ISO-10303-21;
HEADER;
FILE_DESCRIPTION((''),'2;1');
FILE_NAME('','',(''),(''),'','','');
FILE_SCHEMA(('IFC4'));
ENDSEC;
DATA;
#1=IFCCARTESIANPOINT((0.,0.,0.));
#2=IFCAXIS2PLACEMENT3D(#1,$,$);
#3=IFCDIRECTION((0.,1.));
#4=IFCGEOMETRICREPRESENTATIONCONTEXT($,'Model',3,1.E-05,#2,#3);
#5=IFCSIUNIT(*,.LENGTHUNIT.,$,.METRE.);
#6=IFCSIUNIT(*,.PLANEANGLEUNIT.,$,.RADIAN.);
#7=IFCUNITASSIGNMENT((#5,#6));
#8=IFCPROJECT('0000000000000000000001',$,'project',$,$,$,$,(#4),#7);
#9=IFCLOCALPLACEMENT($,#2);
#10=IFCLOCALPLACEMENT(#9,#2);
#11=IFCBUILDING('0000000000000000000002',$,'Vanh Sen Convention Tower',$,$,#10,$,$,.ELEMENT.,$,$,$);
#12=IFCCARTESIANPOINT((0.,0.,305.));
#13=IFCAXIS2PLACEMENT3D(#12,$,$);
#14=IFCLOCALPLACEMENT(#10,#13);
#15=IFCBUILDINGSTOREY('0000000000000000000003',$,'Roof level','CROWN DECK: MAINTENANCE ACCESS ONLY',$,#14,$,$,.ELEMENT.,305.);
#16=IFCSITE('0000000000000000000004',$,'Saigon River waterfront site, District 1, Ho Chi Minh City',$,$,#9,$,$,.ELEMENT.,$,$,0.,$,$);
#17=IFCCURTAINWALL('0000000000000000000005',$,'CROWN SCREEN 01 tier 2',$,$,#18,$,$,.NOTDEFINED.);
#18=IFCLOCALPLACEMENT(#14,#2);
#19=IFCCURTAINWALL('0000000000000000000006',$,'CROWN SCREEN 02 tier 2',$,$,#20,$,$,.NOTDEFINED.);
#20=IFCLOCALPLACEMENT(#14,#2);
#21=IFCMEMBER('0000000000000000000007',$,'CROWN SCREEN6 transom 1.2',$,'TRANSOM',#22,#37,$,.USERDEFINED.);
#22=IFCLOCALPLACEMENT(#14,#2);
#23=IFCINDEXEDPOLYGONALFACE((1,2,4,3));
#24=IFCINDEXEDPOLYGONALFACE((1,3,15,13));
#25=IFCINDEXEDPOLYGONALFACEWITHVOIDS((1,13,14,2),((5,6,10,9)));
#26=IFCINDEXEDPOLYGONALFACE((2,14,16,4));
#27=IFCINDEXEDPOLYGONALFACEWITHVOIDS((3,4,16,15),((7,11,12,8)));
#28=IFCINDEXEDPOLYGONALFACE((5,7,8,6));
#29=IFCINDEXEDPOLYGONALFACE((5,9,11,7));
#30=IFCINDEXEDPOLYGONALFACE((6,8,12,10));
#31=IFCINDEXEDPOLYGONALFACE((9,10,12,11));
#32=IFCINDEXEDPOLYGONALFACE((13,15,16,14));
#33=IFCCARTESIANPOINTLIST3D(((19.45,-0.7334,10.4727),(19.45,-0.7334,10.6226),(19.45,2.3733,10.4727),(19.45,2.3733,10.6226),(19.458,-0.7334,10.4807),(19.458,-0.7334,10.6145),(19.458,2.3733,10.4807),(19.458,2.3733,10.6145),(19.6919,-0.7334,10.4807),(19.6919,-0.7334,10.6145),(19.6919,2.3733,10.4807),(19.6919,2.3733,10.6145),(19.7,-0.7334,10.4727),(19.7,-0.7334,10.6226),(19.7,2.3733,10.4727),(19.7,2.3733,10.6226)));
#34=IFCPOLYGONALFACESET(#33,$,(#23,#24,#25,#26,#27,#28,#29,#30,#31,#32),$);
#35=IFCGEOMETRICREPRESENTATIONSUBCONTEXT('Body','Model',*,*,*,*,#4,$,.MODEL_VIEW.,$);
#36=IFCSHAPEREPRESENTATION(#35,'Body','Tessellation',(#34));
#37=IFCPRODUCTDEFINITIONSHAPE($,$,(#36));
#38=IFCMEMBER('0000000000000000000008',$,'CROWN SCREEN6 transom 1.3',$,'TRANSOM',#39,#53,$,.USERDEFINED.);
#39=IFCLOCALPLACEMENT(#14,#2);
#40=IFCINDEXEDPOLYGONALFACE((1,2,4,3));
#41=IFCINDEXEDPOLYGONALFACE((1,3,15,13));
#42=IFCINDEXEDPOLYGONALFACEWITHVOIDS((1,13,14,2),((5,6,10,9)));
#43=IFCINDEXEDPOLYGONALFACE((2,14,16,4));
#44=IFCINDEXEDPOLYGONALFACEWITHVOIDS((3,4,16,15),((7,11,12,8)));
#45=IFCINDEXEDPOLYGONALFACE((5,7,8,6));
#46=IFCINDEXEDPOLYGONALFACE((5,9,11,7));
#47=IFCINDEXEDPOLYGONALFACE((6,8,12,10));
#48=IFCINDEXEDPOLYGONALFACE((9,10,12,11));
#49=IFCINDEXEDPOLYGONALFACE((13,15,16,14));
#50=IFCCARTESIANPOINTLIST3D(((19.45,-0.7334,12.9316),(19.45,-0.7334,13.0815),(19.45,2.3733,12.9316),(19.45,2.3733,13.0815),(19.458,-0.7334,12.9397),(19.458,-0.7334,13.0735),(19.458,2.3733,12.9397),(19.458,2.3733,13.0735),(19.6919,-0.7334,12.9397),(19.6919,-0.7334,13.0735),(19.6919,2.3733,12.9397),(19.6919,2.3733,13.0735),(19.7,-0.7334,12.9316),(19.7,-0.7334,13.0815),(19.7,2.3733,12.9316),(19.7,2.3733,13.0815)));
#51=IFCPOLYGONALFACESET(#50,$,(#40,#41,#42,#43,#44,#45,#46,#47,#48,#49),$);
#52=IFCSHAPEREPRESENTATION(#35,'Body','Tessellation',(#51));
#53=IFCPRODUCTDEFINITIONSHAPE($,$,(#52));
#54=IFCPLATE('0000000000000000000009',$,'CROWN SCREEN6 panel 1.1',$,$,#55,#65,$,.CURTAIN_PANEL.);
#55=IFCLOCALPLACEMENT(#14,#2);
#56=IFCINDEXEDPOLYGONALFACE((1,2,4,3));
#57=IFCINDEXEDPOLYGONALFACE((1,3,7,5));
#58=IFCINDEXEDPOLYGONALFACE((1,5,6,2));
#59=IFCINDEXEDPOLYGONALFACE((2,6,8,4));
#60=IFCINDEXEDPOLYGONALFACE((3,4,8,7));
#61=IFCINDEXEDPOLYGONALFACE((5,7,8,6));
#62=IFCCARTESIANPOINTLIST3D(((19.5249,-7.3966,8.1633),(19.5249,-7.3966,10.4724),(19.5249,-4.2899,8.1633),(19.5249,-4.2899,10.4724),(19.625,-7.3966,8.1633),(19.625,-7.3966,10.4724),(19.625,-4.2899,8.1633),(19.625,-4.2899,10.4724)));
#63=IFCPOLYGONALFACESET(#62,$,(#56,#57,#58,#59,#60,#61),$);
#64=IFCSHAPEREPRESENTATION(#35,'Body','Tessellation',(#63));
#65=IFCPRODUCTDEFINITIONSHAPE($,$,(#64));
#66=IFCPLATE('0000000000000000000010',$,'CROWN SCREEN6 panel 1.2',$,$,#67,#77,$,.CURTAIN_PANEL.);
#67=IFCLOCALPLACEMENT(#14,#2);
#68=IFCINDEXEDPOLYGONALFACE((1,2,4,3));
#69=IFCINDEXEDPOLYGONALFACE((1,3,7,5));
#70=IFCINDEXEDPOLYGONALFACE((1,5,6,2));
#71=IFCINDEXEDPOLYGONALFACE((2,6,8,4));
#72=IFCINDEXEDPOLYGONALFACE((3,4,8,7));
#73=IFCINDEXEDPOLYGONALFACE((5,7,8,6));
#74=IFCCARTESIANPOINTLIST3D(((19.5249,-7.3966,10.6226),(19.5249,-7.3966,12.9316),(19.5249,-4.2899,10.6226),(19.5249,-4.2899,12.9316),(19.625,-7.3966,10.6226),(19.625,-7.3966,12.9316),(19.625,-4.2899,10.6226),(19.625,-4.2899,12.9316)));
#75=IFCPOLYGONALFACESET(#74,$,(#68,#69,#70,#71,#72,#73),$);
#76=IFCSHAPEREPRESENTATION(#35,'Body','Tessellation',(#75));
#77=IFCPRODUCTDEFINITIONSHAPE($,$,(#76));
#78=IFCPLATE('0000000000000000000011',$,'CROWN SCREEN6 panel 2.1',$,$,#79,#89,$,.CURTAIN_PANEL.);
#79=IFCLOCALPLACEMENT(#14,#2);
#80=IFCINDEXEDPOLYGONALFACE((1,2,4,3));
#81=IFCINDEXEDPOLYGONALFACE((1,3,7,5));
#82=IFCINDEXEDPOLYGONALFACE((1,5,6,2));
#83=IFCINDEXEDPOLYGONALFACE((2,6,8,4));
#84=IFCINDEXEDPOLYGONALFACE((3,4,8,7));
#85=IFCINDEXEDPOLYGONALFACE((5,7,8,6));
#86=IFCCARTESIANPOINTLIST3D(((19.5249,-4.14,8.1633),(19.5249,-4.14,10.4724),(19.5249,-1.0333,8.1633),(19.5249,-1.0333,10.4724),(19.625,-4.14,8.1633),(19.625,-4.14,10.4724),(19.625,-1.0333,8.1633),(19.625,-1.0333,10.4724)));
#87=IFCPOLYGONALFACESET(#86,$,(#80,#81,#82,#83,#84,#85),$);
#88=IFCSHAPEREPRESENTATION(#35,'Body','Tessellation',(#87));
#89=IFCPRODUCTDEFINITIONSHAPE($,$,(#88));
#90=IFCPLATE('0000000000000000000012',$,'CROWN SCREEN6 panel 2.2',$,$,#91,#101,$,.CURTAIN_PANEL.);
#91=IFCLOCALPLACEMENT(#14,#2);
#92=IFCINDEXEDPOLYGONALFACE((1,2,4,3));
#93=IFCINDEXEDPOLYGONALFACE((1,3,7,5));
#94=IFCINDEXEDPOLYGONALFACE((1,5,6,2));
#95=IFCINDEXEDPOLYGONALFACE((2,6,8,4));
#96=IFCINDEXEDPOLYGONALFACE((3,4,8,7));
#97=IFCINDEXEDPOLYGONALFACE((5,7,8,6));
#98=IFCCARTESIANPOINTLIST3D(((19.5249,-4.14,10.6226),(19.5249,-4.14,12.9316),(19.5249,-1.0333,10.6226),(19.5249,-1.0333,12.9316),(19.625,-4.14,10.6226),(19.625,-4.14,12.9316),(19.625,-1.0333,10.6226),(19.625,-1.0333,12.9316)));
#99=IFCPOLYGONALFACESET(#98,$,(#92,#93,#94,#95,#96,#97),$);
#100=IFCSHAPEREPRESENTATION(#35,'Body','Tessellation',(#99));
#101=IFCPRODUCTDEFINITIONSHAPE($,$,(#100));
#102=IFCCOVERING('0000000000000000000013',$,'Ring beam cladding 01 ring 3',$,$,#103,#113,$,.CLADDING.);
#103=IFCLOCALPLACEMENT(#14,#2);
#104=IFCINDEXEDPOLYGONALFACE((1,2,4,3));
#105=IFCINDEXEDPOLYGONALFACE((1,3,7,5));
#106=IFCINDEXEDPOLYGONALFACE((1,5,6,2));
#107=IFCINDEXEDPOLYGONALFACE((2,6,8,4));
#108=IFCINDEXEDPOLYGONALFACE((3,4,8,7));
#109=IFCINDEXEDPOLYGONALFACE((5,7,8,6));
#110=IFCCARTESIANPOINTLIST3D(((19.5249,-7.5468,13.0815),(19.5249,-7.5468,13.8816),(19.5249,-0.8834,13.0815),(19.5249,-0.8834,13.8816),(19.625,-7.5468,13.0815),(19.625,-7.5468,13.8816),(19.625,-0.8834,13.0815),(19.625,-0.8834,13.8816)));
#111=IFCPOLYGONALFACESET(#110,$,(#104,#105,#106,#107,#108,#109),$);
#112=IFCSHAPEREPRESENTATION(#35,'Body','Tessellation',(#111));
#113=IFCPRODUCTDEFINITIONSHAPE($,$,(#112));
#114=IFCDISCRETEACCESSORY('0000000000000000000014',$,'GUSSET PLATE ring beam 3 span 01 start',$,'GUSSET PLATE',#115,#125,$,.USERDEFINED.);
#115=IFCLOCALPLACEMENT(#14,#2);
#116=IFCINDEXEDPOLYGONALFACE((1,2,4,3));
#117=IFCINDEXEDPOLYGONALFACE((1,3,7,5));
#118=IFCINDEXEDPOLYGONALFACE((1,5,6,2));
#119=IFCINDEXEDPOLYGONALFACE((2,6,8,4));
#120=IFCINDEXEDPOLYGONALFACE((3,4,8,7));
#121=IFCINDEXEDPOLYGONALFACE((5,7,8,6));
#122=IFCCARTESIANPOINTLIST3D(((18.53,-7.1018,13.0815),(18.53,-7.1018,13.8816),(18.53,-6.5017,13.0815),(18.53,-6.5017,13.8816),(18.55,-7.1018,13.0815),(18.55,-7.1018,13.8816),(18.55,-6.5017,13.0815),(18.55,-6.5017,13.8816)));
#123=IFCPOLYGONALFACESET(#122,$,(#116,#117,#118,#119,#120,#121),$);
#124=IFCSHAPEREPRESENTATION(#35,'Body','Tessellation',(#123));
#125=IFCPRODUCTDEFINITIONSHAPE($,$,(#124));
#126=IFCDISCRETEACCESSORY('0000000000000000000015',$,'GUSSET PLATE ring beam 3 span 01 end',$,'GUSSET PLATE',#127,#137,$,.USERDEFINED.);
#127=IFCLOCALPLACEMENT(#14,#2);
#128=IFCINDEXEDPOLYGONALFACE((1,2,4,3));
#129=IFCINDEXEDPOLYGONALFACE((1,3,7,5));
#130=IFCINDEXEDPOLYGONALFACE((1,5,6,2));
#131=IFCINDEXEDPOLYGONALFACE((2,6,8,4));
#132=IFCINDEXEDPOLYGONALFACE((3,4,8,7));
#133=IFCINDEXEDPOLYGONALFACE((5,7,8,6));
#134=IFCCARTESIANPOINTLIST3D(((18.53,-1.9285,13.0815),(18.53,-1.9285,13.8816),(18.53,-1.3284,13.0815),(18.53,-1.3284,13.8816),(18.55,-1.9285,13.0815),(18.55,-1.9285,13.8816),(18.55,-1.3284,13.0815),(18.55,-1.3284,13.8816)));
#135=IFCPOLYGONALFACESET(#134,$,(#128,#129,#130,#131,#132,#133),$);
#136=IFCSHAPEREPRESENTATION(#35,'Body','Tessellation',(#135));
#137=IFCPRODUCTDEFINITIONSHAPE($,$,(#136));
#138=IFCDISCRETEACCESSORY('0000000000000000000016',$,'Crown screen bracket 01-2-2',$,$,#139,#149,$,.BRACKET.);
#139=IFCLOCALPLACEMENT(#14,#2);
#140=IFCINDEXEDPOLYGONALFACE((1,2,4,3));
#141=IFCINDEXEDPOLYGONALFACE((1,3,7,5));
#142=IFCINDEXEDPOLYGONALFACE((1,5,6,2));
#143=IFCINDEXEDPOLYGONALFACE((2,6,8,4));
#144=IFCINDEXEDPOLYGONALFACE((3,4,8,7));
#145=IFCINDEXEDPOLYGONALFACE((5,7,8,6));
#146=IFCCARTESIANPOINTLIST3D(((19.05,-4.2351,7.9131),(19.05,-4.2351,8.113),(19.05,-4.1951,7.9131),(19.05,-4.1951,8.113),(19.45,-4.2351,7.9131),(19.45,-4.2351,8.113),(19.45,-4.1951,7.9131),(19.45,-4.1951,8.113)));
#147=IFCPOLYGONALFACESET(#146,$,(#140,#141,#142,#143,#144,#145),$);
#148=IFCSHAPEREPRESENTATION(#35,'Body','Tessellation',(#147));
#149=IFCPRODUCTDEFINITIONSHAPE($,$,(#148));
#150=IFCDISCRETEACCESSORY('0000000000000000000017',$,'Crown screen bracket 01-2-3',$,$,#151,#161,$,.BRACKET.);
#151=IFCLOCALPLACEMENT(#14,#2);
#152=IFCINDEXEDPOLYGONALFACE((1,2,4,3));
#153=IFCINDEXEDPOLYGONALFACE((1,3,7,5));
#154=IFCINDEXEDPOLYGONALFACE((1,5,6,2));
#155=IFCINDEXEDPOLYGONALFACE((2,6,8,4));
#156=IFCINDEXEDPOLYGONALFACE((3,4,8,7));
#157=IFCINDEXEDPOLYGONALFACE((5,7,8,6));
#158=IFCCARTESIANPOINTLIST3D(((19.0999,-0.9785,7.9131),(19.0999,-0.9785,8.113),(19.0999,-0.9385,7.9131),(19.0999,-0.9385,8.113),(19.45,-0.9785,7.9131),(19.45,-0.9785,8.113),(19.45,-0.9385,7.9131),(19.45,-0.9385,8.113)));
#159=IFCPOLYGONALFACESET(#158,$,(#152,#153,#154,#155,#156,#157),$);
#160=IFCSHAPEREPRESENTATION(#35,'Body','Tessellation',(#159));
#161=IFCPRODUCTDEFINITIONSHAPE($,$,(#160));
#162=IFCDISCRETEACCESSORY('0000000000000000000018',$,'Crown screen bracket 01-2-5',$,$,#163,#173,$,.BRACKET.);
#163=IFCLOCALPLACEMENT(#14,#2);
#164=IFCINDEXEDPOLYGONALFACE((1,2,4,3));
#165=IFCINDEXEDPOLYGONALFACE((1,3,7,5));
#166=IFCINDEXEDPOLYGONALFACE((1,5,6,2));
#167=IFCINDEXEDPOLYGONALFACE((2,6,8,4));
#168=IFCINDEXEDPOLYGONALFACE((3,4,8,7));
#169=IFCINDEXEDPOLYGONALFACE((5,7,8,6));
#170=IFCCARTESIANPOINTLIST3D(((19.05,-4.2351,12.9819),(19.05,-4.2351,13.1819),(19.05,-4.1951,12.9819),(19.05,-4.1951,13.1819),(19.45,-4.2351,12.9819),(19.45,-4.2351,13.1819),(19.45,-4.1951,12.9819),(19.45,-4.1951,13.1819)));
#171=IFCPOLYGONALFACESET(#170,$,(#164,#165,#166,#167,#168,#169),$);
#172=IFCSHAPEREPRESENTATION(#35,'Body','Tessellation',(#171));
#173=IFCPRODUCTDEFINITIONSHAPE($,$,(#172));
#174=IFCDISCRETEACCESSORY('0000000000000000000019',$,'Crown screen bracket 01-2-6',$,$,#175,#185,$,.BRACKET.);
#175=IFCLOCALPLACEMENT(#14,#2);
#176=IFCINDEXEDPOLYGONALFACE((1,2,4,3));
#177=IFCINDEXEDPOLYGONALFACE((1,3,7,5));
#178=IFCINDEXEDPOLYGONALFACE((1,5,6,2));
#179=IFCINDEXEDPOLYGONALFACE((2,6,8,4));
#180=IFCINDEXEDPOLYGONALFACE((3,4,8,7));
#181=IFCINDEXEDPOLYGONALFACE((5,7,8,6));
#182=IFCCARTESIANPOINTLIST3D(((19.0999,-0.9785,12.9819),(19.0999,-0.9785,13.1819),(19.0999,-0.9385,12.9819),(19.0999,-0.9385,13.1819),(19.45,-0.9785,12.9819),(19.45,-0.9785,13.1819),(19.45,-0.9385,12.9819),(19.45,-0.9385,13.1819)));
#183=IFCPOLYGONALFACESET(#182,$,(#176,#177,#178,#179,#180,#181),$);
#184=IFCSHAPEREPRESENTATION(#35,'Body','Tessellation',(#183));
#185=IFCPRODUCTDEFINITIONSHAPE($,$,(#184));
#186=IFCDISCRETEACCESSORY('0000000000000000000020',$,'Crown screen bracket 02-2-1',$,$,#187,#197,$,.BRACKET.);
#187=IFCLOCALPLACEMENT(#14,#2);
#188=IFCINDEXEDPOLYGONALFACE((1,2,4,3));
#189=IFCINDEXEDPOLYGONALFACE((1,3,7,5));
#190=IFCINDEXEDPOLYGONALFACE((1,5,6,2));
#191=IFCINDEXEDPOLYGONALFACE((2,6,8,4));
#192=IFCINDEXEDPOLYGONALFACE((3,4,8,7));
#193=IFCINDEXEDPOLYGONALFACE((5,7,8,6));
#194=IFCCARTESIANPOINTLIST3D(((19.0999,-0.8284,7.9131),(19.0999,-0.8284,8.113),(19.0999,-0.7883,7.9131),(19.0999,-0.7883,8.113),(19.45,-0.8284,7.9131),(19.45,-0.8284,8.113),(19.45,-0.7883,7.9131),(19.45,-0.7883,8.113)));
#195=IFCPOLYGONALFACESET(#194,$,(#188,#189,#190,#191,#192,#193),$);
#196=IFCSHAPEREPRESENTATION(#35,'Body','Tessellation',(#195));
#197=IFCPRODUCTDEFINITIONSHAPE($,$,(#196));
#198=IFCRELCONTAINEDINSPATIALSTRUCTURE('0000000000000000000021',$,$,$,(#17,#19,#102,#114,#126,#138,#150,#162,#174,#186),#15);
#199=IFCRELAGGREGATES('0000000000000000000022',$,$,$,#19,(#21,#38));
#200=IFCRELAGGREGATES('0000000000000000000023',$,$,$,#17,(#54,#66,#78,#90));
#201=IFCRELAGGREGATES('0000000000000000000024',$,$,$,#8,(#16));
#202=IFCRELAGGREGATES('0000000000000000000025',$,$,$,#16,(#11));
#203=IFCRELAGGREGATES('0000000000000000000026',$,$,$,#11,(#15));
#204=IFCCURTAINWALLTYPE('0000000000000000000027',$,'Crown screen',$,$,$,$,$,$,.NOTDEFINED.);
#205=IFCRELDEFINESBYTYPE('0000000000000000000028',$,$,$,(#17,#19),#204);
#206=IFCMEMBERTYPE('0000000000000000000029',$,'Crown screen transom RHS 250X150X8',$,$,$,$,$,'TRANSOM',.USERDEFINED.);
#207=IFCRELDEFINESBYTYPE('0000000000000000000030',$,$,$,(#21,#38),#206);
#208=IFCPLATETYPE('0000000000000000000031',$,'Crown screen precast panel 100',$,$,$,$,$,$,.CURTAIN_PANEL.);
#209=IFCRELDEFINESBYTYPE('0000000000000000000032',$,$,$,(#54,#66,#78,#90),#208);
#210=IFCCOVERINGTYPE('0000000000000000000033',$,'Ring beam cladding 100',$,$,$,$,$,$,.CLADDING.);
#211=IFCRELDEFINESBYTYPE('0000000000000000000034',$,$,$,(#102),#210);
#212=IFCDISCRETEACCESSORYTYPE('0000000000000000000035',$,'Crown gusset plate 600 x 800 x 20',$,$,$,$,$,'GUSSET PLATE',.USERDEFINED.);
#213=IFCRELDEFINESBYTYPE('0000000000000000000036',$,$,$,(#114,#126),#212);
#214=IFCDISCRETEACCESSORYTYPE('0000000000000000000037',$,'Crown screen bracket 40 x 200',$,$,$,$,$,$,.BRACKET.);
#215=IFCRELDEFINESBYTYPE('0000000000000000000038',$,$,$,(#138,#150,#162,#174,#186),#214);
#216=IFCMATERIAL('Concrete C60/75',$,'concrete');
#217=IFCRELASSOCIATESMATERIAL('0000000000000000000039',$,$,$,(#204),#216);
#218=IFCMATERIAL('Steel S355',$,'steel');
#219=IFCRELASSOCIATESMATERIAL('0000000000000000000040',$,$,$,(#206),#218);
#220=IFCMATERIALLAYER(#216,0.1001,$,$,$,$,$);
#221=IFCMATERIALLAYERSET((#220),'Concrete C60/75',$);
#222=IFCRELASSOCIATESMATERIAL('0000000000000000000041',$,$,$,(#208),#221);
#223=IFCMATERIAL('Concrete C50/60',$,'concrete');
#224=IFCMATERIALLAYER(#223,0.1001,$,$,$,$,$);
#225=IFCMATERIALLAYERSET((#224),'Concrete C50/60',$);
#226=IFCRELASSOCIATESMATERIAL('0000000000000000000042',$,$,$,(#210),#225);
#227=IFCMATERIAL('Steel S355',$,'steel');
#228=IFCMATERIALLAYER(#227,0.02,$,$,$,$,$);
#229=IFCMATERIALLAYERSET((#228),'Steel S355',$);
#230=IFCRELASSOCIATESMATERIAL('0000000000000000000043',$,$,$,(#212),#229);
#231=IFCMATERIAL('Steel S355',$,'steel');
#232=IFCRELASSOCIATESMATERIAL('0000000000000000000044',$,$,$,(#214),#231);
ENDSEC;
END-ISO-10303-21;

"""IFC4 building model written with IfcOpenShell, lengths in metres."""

from ifc_helpers import new_model, si_unit, direction, frame, origin, origin_2d, place, context, subcontext, project, spatial, rectangle, hollow_rectangle, extrude, material, layer, layer_set, material_profile, profile_set, type_object, element, aggregate, save


model = new_model("IFC4")

# Units and contexts
model_context = context("Model", 3, precision=1e-05, world=origin(), true_north=direction((0.0, 1.0)))
body_context = subcontext(model_context, "Body", "Model", "MODEL_VIEW")
ifc_project = project(units=[si_unit("LENGTHUNIT", "METRE"), si_unit("PLANEANGLEUNIT", "RADIAN")], contexts=[model_context])

# Site, building, storey
site_placement = place(None, origin())
site = spatial("IfcSite", under=ifc_project, at=site_placement, Name="Saigon River waterfront site, District 1, Ho Chi Minh City", CompositionType="ELEMENT", RefElevation=0.0)
building_placement = place(site_placement, origin())
building = spatial("IfcBuilding", under=site, at=building_placement, Name="Vanh Sen Convention Tower", CompositionType="ELEMENT")
storey_placement = place(building_placement, frame((0.0, 0.0, 305.0)))
storey = spatial("IfcBuildingStorey", under=building, at=storey_placement, Name="Roof level", Description="CROWN DECK: MAINTENANCE ACCESS ONLY", CompositionType="ELEMENT", Elevation=305.0)

# Curtain wall
ifc_material_1 = material(Name="Concrete C60/75", Category="concrete")
curtain_wall_type = type_object("IfcCurtainWallType", Name="Crown screen", PredefinedType="NOTDEFINED", material=ifc_material_1)
curtain_wall_1_placement = place(storey_placement, origin())
curtain_wall_1 = element("IfcCurtainWall", 1, at=curtain_wall_1_placement, inside=storey, type_object=curtain_wall_type, Name="CROWN SCREEN 01 tier 2", PredefinedType="NOTDEFINED")
ifc_material_2 = material(Name="Steel S355", Category="steel")

# Curtain wall
curtain_wall_2_placement = place(storey_placement, origin())
curtain_wall_2 = element("IfcCurtainWall", 2, at=curtain_wall_2_placement, inside=storey, type_object=curtain_wall_type, Name="CROWN SCREEN 02 tier 2", PredefinedType="NOTDEFINED")

# Members
ifc_material_profile_1 = material_profile(ifc_material_2, hollow_rectangle(XDim=0.25, YDim=0.1499, WallThickness=0.0081, at=origin_2d()), Name="RHS 250X150X8")
ifc_profile_set_1 = profile_set([ifc_material_profile_1], Name="Steel S355")
member_type_1 = type_object("IfcMemberType", Name="Crown screen transom RHS 250X150X8", ElementType="TRANSOM", PredefinedType="USERDEFINED", material=ifc_profile_set_1)
member_1_placement = place(storey_placement, frame((19.575, -0.7334, 10.5476), z_axis=(0.0, 1.0, 0.0), x_axis=(-1.0, 0.0, 0.0)))
member_1 = element("IfcMember", 3, at=member_1_placement, type_object=member_type_1, Name="CROWN SCREEN6 transom 1.2", ObjectType="TRANSOM", PredefinedType="USERDEFINED", context=body_context, shape_type="SweptSolid", body=[
    extrude(hollow_rectangle(XDim=0.25, YDim=0.1499, WallThickness=0.0081, at=origin_2d()), origin(), (0.0, 0.0, 1.0), 3.1067),
])
member_2_placement = place(storey_placement, frame((19.575, -0.7334, 13.0066), z_axis=(0.0, 1.0, 0.0), x_axis=(-1.0, 0.0, 0.0)))
member_2 = element("IfcMember", 4, at=member_2_placement, type_object=member_type_1, Name="CROWN SCREEN6 transom 1.3", ObjectType="TRANSOM", PredefinedType="USERDEFINED", context=body_context, shape_type="SweptSolid", body=[
    extrude(hollow_rectangle(XDim=0.25, YDim=0.1499, WallThickness=0.0081, at=origin_2d()), origin(), (0.0, 0.0, 1.0), 3.1067),
])
aggregate(curtain_wall_2, [member_1, member_2])

# Plates
ifc_layer_1 = layer(ifc_material_1, 0.1001)
ifc_layer_set_1 = layer_set([ifc_layer_1], Name="Concrete C60/75")
plate_type = type_object("IfcPlateType", Name="Crown screen precast panel 100", PredefinedType="CURTAIN_PANEL", material=ifc_layer_set_1)
plate_1_placement = place(storey_placement, frame((19.575, -5.8433, 8.1633), z_axis=(0.0, 0.0, 1.0), x_axis=(0.0, 1.0, 0.0)))
plate_1 = element("IfcPlate", 5, at=plate_1_placement, type_object=plate_type, Name="CROWN SCREEN6 panel 1.1", PredefinedType="CURTAIN_PANEL", context=body_context, shape_type="SweptSolid", body=[
    extrude(rectangle(XDim=3.1067, YDim=0.1001, at=origin_2d()), origin(), (0.0, 0.0, 1.0), 2.3091),
])
plate_2_placement = place(storey_placement, frame((19.575, -5.8433, 10.6226), z_axis=(0.0, 0.0, 1.0), x_axis=(0.0, 1.0, 0.0)))
plate_2 = element("IfcPlate", 6, at=plate_2_placement, type_object=plate_type, Name="CROWN SCREEN6 panel 1.2", PredefinedType="CURTAIN_PANEL", context=body_context, shape_type="SweptSolid", body=[
    extrude(rectangle(XDim=3.1067, YDim=0.1001, at=origin_2d()), origin(), (0.0, 0.0, 1.0), 2.3091),
])
plate_3_placement = place(storey_placement, frame((19.575, -2.5867, 8.1633), z_axis=(0.0, 0.0, 1.0), x_axis=(0.0, 1.0, 0.0)))
plate_3 = element("IfcPlate", 7, at=plate_3_placement, type_object=plate_type, Name="CROWN SCREEN6 panel 2.1", PredefinedType="CURTAIN_PANEL", context=body_context, shape_type="SweptSolid", body=[
    extrude(rectangle(XDim=3.1067, YDim=0.1001, at=origin_2d()), origin(), (0.0, 0.0, 1.0), 2.3091),
])
plate_4_placement = place(storey_placement, frame((19.575, -2.5867, 10.6226), z_axis=(0.0, 0.0, 1.0), x_axis=(0.0, 1.0, 0.0)))
plate_4 = element("IfcPlate", 8, at=plate_4_placement, type_object=plate_type, Name="CROWN SCREEN6 panel 2.2", PredefinedType="CURTAIN_PANEL", context=body_context, shape_type="SweptSolid", body=[
    extrude(rectangle(XDim=3.1067, YDim=0.1001, at=origin_2d()), origin(), (0.0, 0.0, 1.0), 2.3091),
])
aggregate(curtain_wall_1, [plate_1, plate_2, plate_3, plate_4])

# Covering
ifc_material_3 = material(Name="Concrete C50/60", Category="concrete")
ifc_layer_2 = layer(ifc_material_3, 0.1001)
ifc_layer_set_2 = layer_set([ifc_layer_2], Name="Concrete C50/60")
covering_type = type_object("IfcCoveringType", Name="Ring beam cladding 100", PredefinedType="CLADDING", material=ifc_layer_set_2)
covering_placement = place(storey_placement, frame((19.575, -4.2151, 13.0815), z_axis=(0.0, 0.0, 1.0), x_axis=(0.0, 1.0, 0.0)))
element("IfcCovering", 9, at=covering_placement, inside=storey, type_object=covering_type, Name="Ring beam cladding 01 ring 3", PredefinedType="CLADDING", context=body_context, shape_type="SweptSolid", body=[
    extrude(rectangle(XDim=6.6633, YDim=0.1001, at=origin_2d()), origin(), (0.0, 0.0, 1.0), 0.8),
])

# Discrete accessories
ifc_material_4 = material(Name="Steel S355", Category="steel")
ifc_layer_3 = layer(ifc_material_4, 0.02)
ifc_layer_set_3 = layer_set([ifc_layer_3], Name="Steel S355")
discrete_accessory_type_1 = type_object("IfcDiscreteAccessoryType", Name="Crown gusset plate 600 x 800 x 20", ElementType="GUSSET PLATE", PredefinedType="USERDEFINED", material=ifc_layer_set_3)
for number, where, z_axis, x_axis, name in (
    (10, (18.54, -6.8018, 13.0815), (0.0, 0.0, 1.0), (0.0, 1.0, 0.0), "GUSSET PLATE ring beam 3 span 01 start"),
    (11, (18.54, -1.6284, 13.0815), (0.0, 0.0, 1.0), (0.0, -1.0, 0.0), "GUSSET PLATE ring beam 3 span 01 end"),
):
    element("IfcDiscreteAccessory", number, at=place(storey_placement, frame(where, z_axis=z_axis, x_axis=x_axis)), inside=storey, type_object=discrete_accessory_type_1, Name=name, ObjectType="GUSSET PLATE", PredefinedType="USERDEFINED", context=body_context, shape_type="SweptSolid", body=[
        extrude(rectangle(XDim=0.6001, YDim=0.02, at=origin_2d()), origin(), (0.0, 0.0, 1.0), 0.8),
    ])
ifc_material_5 = material(Name="Steel S355", Category="steel")
discrete_accessory_type_2 = type_object("IfcDiscreteAccessoryType", Name="Crown screen bracket 40 x 200", PredefinedType="BRACKET", material=ifc_material_5)
discrete_accessory_1_placement = place(storey_placement, frame((19.25, -4.2151, 7.9131), z_axis=(0.0, 0.0, 1.0), x_axis=(1.0, 0.0, 0.0)))
element("IfcDiscreteAccessory", 12, at=discrete_accessory_1_placement, inside=storey, type_object=discrete_accessory_type_2, Name="Crown screen bracket 01-2-2", PredefinedType="BRACKET", context=body_context, shape_type="SweptSolid", body=[
    extrude(rectangle(XDim=0.3999, YDim=0.04, at=origin_2d()), origin(), (0.0, 0.0, 1.0), 0.2),
])
discrete_accessory_2_placement = place(storey_placement, frame((19.2749, -0.9585, 7.9131), z_axis=(0.0, 0.0, 1.0), x_axis=(1.0, 0.0, 0.0)))
element("IfcDiscreteAccessory", 13, at=discrete_accessory_2_placement, inside=storey, type_object=discrete_accessory_type_2, Name="Crown screen bracket 01-2-3", PredefinedType="BRACKET", context=body_context, shape_type="SweptSolid", body=[
    extrude(rectangle(XDim=0.3501, YDim=0.04, at=origin_2d()), origin(), (0.0, 0.0, 1.0), 0.2),
])
discrete_accessory_3_placement = place(storey_placement, frame((19.25, -4.2151, 12.9819), z_axis=(0.0, 0.0, 1.0), x_axis=(1.0, 0.0, 0.0)))
element("IfcDiscreteAccessory", 14, at=discrete_accessory_3_placement, inside=storey, type_object=discrete_accessory_type_2, Name="Crown screen bracket 01-2-5", PredefinedType="BRACKET", context=body_context, shape_type="SweptSolid", body=[
    extrude(rectangle(XDim=0.3999, YDim=0.04, at=origin_2d()), origin(), (0.0, 0.0, 1.0), 0.2),
])
for number, where, z_axis, x_axis, name in (
    (15, (19.2749, -0.9585, 12.9819), (0.0, 0.0, 1.0), (1.0, 0.0, 0.0), "Crown screen bracket 01-2-6"),
    (16, (19.2749, -0.8083, 7.9131), (0.0, 0.0, 1.0), (1.0, 0.0, 0.0), "Crown screen bracket 02-2-1"),
):
    element("IfcDiscreteAccessory", number, at=place(storey_placement, frame(where, z_axis=z_axis, x_axis=x_axis)), inside=storey, type_object=discrete_accessory_type_2, Name=name, PredefinedType="BRACKET", context=body_context, shape_type="SweptSolid", body=[
        extrude(rectangle(XDim=0.3501, YDim=0.04, at=origin_2d()), origin(), (0.0, 0.0, 1.0), 0.2),
    ])

save(model, "model.ifc")
